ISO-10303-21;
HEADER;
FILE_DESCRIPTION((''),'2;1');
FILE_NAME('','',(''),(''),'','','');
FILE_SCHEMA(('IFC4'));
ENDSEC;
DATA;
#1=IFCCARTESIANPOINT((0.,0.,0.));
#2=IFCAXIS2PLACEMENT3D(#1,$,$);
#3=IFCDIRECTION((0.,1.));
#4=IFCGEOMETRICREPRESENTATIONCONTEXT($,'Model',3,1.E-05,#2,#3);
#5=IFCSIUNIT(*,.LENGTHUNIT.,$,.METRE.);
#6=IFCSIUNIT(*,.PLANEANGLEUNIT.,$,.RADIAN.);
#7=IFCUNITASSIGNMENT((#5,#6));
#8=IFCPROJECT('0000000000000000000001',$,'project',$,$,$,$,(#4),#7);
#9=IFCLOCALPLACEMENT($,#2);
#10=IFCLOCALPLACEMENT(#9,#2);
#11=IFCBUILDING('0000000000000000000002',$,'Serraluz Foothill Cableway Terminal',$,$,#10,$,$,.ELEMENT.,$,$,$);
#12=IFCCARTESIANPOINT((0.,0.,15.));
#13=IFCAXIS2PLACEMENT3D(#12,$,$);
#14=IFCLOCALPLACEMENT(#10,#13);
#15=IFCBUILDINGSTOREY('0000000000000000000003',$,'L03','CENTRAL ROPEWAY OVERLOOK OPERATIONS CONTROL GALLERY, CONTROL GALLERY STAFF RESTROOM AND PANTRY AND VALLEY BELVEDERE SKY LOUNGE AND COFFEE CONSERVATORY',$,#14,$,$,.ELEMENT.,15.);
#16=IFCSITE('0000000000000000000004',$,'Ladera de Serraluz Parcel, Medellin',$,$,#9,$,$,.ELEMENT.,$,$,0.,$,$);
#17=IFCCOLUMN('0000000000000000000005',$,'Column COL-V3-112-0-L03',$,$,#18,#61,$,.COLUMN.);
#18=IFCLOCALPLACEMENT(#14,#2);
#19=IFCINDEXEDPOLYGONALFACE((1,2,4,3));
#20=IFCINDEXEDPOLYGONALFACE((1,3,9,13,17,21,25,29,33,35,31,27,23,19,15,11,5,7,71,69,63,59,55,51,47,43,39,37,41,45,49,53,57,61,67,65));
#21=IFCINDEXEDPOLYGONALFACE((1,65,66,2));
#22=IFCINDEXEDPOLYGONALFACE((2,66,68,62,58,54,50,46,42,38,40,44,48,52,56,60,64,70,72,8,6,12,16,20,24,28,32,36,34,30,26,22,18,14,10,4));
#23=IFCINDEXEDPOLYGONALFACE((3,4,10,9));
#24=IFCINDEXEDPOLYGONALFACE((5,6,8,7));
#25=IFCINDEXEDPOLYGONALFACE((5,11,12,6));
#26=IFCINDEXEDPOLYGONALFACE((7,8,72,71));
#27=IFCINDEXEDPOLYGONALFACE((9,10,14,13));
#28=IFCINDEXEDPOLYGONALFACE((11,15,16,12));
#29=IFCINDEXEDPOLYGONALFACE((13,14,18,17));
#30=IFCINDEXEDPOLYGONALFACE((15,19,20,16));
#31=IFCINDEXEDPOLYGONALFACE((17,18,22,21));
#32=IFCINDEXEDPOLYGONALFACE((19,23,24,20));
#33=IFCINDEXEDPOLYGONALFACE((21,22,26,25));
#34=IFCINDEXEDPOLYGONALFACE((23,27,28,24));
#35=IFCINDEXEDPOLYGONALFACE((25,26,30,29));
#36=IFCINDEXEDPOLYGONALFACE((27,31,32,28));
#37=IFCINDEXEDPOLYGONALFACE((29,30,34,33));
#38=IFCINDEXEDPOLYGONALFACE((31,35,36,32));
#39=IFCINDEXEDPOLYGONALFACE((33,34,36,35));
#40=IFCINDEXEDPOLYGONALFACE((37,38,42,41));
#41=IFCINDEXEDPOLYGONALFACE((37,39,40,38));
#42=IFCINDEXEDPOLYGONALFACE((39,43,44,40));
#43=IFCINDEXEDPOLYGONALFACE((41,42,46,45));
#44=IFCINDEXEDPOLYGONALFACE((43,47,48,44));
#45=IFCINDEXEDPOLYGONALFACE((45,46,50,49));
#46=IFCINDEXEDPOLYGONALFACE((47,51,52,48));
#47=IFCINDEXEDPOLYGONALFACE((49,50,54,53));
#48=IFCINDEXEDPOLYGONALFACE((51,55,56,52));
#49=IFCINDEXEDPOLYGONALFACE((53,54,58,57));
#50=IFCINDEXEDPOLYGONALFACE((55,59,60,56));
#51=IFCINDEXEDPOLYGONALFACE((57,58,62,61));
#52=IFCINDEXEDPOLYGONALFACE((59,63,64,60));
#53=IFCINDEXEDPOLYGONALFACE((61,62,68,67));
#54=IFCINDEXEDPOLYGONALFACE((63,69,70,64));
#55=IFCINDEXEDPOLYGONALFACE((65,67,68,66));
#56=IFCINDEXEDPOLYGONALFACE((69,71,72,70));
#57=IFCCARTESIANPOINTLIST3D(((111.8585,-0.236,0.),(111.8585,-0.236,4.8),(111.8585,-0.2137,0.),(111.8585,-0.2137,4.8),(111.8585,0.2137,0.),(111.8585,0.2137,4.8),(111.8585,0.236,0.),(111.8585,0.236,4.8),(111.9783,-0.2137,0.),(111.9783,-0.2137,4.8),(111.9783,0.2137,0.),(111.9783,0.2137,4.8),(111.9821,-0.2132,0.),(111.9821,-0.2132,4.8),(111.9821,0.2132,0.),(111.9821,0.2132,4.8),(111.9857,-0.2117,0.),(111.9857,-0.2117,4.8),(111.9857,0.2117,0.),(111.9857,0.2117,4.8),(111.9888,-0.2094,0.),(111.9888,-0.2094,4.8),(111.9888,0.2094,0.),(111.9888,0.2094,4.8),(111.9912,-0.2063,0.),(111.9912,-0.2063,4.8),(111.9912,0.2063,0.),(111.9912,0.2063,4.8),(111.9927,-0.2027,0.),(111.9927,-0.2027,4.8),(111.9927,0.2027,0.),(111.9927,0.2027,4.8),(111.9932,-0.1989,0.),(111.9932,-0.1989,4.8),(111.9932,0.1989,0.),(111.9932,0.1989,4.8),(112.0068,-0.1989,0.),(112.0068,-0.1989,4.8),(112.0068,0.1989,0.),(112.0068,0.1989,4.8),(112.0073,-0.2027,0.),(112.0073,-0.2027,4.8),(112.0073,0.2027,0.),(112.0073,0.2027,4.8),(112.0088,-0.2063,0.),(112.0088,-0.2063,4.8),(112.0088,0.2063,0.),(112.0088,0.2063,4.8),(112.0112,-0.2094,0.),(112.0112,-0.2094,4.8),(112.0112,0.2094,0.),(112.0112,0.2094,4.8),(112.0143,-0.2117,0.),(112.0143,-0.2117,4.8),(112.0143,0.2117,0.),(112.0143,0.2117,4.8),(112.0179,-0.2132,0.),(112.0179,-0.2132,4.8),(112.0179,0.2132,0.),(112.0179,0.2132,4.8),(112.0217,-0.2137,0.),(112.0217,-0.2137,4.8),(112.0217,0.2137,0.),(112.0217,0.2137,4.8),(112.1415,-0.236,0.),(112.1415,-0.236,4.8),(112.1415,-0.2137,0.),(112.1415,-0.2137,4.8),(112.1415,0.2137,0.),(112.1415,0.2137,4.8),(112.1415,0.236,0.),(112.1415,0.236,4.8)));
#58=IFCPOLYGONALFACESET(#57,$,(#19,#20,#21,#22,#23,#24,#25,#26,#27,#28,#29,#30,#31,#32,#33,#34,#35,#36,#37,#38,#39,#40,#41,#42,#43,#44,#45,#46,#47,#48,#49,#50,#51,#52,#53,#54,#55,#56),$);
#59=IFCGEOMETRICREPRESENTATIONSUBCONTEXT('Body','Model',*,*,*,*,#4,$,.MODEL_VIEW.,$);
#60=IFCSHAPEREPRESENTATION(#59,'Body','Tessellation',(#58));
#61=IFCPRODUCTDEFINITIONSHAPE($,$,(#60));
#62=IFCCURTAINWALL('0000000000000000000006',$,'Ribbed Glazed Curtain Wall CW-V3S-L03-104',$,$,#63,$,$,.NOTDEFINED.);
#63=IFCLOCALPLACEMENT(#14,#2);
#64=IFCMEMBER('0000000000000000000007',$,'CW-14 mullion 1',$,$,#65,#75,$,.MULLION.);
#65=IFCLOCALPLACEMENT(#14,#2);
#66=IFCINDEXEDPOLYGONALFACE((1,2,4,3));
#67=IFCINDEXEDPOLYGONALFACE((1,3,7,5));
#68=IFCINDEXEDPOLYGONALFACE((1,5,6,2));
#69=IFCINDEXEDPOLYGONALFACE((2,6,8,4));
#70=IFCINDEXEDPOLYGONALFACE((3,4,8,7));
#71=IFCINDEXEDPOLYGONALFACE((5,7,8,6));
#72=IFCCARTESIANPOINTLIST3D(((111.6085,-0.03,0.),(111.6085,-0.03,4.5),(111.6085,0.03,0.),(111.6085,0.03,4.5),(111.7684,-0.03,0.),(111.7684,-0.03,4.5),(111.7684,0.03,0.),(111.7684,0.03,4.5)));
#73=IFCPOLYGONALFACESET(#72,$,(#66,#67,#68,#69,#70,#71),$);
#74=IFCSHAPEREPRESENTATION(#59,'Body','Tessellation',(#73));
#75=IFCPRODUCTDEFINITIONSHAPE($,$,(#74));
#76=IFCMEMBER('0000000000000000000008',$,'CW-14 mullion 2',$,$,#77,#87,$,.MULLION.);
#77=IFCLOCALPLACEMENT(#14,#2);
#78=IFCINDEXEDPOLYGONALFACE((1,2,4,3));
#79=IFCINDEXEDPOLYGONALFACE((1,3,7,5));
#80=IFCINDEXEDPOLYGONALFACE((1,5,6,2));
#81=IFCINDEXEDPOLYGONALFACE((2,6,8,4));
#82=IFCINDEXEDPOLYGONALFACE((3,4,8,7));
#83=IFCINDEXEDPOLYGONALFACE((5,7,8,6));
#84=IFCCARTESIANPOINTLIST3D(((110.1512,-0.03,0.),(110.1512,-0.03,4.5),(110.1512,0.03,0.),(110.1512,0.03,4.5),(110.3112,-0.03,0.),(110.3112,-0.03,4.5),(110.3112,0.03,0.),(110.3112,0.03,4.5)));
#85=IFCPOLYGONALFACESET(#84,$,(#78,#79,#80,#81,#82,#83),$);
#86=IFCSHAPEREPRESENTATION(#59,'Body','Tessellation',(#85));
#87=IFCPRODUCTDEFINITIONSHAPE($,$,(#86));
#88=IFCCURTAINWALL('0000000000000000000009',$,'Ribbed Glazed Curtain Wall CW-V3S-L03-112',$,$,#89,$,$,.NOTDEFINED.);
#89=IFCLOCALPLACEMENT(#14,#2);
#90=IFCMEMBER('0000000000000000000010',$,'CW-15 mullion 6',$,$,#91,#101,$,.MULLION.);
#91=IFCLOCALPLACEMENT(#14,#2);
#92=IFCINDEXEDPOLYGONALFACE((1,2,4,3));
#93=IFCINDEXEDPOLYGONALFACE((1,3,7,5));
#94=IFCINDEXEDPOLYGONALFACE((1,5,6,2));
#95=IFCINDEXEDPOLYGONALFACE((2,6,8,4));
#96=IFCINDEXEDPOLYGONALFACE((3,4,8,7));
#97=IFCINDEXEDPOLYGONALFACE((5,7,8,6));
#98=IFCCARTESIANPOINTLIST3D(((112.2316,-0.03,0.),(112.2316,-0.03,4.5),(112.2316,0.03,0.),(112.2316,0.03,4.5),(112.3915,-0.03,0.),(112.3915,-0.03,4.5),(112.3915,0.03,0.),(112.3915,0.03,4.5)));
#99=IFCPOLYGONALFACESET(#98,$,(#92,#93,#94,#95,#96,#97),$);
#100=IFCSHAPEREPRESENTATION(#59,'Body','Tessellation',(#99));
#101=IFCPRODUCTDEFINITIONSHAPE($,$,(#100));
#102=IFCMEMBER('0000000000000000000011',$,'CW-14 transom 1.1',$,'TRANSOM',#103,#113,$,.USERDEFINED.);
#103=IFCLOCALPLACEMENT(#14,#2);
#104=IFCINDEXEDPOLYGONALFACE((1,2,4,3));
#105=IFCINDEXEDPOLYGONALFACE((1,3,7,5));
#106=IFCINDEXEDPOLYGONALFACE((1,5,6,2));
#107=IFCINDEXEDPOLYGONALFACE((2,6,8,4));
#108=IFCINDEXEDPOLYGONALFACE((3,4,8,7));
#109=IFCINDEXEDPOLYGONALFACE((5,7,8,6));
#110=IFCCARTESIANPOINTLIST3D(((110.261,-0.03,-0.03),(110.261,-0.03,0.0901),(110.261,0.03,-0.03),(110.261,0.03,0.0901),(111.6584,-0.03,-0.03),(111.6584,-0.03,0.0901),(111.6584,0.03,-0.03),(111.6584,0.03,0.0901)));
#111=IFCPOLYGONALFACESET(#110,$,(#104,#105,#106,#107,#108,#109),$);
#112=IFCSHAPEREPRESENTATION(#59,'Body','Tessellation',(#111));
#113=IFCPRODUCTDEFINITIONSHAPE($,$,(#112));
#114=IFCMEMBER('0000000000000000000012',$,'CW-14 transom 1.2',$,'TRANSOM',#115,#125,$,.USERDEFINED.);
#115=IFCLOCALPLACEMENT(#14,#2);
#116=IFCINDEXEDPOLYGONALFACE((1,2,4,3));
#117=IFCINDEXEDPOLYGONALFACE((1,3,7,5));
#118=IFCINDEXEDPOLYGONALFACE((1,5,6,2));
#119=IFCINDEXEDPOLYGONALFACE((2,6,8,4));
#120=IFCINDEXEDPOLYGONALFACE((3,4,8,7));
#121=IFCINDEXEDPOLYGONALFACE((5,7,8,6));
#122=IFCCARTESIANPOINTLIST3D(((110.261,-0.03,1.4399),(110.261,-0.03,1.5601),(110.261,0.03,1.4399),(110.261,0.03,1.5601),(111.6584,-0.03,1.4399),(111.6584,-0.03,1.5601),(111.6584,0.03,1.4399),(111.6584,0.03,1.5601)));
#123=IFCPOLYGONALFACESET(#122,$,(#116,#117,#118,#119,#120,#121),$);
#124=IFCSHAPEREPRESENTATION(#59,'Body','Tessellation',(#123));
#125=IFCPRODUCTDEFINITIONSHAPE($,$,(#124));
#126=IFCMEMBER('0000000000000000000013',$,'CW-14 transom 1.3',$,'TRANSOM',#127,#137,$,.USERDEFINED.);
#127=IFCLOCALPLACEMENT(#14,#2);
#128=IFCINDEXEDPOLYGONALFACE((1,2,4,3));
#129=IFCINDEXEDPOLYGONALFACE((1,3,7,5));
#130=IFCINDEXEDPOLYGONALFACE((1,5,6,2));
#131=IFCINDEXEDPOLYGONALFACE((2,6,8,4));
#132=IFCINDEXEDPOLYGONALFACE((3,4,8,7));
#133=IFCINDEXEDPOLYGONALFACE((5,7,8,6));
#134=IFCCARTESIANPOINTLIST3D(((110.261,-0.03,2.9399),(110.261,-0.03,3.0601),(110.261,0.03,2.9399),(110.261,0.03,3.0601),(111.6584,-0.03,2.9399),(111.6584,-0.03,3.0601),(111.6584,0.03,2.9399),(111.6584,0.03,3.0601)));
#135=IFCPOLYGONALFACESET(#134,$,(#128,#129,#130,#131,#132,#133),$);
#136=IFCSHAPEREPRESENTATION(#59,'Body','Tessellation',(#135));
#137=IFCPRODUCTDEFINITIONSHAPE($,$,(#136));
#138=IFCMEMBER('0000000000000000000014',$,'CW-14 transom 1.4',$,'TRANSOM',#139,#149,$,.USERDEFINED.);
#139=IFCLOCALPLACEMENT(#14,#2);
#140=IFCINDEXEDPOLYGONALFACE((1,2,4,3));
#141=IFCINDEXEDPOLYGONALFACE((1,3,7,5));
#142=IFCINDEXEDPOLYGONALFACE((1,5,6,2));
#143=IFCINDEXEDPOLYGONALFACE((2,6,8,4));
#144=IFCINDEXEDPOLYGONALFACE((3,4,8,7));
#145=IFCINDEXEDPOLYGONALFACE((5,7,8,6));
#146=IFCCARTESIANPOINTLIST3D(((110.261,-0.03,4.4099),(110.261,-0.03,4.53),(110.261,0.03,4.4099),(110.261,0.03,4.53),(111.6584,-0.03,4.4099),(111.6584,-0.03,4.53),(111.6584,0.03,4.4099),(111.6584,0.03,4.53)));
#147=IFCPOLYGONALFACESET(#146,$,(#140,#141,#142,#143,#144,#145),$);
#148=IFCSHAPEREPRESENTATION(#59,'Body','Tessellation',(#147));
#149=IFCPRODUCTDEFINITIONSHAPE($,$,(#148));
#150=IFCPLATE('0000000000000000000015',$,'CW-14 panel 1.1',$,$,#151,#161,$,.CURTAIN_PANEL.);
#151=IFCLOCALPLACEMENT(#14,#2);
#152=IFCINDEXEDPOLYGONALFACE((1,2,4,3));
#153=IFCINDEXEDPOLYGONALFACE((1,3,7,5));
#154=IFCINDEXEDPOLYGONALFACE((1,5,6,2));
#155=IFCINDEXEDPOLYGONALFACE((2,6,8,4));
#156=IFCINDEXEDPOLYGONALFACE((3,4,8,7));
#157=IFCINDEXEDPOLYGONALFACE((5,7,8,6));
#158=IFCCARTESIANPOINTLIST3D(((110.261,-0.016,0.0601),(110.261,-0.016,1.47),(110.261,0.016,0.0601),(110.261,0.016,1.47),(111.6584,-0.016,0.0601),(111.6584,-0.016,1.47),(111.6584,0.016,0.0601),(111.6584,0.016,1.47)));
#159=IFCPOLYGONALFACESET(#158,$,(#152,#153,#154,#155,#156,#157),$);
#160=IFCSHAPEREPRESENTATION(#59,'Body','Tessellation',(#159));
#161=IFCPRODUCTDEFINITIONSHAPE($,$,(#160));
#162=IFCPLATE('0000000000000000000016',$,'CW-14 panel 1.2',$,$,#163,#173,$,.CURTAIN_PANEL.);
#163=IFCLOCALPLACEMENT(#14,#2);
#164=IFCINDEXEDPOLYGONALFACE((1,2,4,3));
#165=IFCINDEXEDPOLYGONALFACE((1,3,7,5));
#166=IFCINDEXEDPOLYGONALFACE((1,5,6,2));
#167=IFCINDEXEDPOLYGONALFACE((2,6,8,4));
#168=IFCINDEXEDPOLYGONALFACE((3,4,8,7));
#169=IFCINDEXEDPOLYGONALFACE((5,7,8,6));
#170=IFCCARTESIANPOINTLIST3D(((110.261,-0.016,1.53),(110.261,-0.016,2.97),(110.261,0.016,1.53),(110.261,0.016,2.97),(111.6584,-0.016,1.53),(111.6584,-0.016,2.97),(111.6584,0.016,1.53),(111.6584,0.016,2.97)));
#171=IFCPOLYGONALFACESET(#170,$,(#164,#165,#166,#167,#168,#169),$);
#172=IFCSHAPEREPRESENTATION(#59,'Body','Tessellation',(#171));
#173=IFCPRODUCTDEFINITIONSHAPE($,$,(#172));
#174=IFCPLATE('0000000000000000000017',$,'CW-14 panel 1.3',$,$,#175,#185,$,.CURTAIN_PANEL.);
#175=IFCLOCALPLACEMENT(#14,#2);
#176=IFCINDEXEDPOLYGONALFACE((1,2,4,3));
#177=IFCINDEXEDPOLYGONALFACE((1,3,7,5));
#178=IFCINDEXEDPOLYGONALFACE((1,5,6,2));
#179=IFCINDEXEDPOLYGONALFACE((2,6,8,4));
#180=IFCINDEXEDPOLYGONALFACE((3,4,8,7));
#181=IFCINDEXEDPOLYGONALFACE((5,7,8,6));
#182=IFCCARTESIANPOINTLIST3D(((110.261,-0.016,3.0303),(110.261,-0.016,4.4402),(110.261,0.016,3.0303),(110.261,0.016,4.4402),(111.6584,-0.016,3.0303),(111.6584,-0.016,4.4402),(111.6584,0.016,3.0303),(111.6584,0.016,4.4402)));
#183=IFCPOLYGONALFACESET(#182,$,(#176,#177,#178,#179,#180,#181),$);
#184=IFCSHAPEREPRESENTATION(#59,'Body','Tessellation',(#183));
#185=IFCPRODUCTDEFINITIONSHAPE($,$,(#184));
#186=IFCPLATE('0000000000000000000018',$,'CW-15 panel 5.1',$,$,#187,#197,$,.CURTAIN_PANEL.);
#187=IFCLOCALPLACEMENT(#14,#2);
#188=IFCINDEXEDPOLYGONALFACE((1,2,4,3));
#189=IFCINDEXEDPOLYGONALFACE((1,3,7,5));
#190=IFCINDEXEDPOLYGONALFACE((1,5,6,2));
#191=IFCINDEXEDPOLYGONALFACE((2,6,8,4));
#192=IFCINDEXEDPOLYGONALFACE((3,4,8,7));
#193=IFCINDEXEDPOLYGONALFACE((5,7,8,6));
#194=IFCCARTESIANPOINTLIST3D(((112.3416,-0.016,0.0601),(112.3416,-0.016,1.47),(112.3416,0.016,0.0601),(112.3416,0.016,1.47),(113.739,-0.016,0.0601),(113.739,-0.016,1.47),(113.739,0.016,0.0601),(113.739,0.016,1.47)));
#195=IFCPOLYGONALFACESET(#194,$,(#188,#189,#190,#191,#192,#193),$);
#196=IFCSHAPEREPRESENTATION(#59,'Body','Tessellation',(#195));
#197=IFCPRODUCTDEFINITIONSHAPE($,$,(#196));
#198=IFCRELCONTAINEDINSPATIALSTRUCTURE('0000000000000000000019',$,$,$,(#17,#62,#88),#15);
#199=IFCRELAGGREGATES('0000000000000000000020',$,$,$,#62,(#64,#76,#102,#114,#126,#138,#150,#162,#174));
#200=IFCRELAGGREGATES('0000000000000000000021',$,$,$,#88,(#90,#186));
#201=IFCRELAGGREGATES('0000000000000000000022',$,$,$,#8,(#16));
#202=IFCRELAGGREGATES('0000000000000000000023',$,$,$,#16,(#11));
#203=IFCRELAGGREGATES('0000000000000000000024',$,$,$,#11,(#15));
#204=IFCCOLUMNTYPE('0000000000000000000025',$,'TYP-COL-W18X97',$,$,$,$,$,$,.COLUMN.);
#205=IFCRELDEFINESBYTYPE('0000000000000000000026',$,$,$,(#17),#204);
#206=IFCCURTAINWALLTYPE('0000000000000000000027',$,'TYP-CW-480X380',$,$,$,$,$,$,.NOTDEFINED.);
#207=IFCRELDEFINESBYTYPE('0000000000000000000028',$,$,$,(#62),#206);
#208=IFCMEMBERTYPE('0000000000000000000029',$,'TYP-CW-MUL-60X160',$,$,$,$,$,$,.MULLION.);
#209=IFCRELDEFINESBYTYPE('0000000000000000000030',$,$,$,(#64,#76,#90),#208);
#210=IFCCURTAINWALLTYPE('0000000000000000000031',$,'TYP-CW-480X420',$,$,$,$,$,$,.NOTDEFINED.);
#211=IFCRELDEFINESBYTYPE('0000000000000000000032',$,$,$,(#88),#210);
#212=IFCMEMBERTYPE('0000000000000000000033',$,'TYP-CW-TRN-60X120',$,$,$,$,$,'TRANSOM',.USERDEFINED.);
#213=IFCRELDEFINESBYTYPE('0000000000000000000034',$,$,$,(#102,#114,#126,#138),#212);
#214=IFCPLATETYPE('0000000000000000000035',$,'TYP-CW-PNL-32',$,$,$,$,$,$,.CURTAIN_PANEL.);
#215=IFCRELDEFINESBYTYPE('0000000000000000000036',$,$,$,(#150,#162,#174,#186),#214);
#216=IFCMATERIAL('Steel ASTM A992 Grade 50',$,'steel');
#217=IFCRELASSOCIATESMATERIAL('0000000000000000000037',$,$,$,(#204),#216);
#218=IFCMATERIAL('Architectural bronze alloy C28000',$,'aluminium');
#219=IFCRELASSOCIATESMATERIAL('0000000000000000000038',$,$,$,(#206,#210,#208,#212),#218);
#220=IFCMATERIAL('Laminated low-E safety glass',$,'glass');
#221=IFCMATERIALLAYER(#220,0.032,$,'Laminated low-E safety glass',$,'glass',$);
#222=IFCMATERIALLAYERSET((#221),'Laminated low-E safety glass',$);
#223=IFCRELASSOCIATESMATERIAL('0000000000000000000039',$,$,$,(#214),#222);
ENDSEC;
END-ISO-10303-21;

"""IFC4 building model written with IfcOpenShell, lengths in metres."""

from ifc_helpers import new_model, si_unit, direction, frame, origin, origin_2d, place, context, subcontext, project, spatial, rectangle, i_section, extrude, material, layer, layer_set, material_profile, profile_set, type_object, element, aggregate, save


model = new_model("IFC4")

# Units and contexts
model_context = context("Model", 3, precision=1e-05, world=origin(), true_north=direction((0.0, 1.0)))
body_context = subcontext(model_context, "Body", "Model", "MODEL_VIEW")
ifc_project = project(units=[si_unit("LENGTHUNIT", "METRE"), si_unit("PLANEANGLEUNIT", "RADIAN")], contexts=[model_context])

# Site, building, storey
site_placement = place(None, origin())
site = spatial("IfcSite", under=ifc_project, at=site_placement, Name="Ladera de Serraluz Parcel, Medellin", CompositionType="ELEMENT", RefElevation=0.0)
building_placement = place(site_placement, origin())
building = spatial("IfcBuilding", under=site, at=building_placement, Name="Serraluz Foothill Cableway Terminal", CompositionType="ELEMENT")
storey_placement = place(building_placement, frame((0.0, 0.0, 15.0)))
storey = spatial("IfcBuildingStorey", under=building, at=storey_placement, Name="L03", Description="CENTRAL ROPEWAY OVERLOOK OPERATIONS CONTROL GALLERY, CONTROL GALLERY STAFF RESTROOM AND PANTRY AND VALLEY BELVEDERE SKY LOUNGE AND COFFEE CONSERVATORY", CompositionType="ELEMENT", Elevation=15.0)

# Column
ifc_material_1 = material(Name="Steel ASTM A992 Grade 50", Category="steel")
ifc_material_profile_1 = material_profile(ifc_material_1, i_section(OverallWidth=0.283, OverallDepth=0.4719, WebThickness=0.0137, FlangeThickness=0.0222, FilletRadius=0.0149, at=origin_2d()), Name="W18X97")
ifc_profile_set_1 = profile_set([ifc_material_profile_1], Name="Steel ASTM A992 Grade 50")
column_type = type_object("IfcColumnType", Name="TYP-COL-W18X97", PredefinedType="COLUMN", material=ifc_profile_set_1)
column_placement = place(storey_placement, frame((112.0, 0.0, 0.0), z_axis=(0.0, 0.0, 1.0), x_axis=(1.0, 0.0, 0.0)))
element("IfcColumn", 1, at=column_placement, inside=storey, type_object=column_type, Name="Column COL-V3-112-0-L03", PredefinedType="COLUMN", context=body_context, shape_type="SweptSolid", body=[
    extrude(i_section(OverallWidth=0.283, OverallDepth=0.4719, WebThickness=0.0137, FlangeThickness=0.0222, FilletRadius=0.0149, at=origin_2d()), origin(), (0.0, 0.0, 1.0), 4.8),
])

# Curtain wall, members
ifc_material_2 = material(Name="Architectural bronze alloy C28000", Category="aluminium")
curtain_wall_type_1 = type_object("IfcCurtainWallType", Name="TYP-CW-480X380", PredefinedType="NOTDEFINED", material=ifc_material_2)
curtain_wall_1_placement = place(storey_placement, origin())
curtain_wall_1 = element("IfcCurtainWall", 2, at=curtain_wall_1_placement, inside=storey, type_object=curtain_wall_type_1, Name="Ribbed Glazed Curtain Wall CW-V3S-L03-104", PredefinedType="NOTDEFINED")
ifc_material_profile_2 = material_profile(ifc_material_2, rectangle(XDim=0.0601, YDim=0.1599, at=origin_2d()), Name="ALU MULLION 60x160")
ifc_profile_set_2 = profile_set([ifc_material_profile_2], Name="Architectural bronze alloy C28000")
member_type_1 = type_object("IfcMemberType", Name="TYP-CW-MUL-60X160", PredefinedType="MULLION", material=ifc_profile_set_2)
member_1_placement = place(storey_placement, frame((111.6885, 0.0, 0.0), z_axis=(0.0, 0.0, 1.0), x_axis=(0.0, -1.0, 0.0)))
member_1 = element("IfcMember", 3, at=member_1_placement, type_object=member_type_1, Name="CW-14 mullion 1", PredefinedType="MULLION", context=body_context, shape_type="SweptSolid", body=[
    extrude(rectangle(XDim=0.0601, YDim=0.1599, at=origin_2d()), origin(), (0.0, 0.0, 1.0), 4.5),
])
member_2_placement = place(storey_placement, frame((110.2312, 0.0, 0.0), z_axis=(0.0, 0.0, 1.0), x_axis=(0.0, -1.0, 0.0)))
member_2 = element("IfcMember", 4, at=member_2_placement, type_object=member_type_1, Name="CW-14 mullion 2", PredefinedType="MULLION", context=body_context, shape_type="SweptSolid", body=[
    extrude(rectangle(XDim=0.0601, YDim=0.1599, at=origin_2d()), origin(), (0.0, 0.0, 1.0), 4.5),
])

# Curtain wall, member
curtain_wall_type_2 = type_object("IfcCurtainWallType", Name="TYP-CW-480X420", PredefinedType="NOTDEFINED", material=ifc_material_2)
curtain_wall_2_placement = place(storey_placement, origin())
curtain_wall_2 = element("IfcCurtainWall", 5, at=curtain_wall_2_placement, inside=storey, type_object=curtain_wall_type_2, Name="Ribbed Glazed Curtain Wall CW-V3S-L03-112", PredefinedType="NOTDEFINED")
member_3_placement = place(storey_placement, frame((112.3115, 0.0, 0.0), z_axis=(0.0, 0.0, 1.0), x_axis=(0.0, -1.0, 0.0)))
member_3 = element("IfcMember", 6, at=member_3_placement, type_object=member_type_1, Name="CW-15 mullion 6", PredefinedType="MULLION", context=body_context, shape_type="SweptSolid", body=[
    extrude(rectangle(XDim=0.0601, YDim=0.1599, at=origin_2d()), origin(), (0.0, 0.0, 1.0), 4.5),
])

# Members
ifc_material_profile_3 = material_profile(ifc_material_2, rectangle(XDim=0.0601, YDim=0.1201, at=origin_2d()), Name="ALU TRANSOM 60x120")
ifc_profile_set_3 = profile_set([ifc_material_profile_3], Name="Architectural bronze alloy C28000")
member_type_2 = type_object("IfcMemberType", Name="TYP-CW-TRN-60X120", ElementType="TRANSOM", PredefinedType="USERDEFINED", material=ifc_profile_set_3)
member_4_placement = place(storey_placement, frame((111.6584, 0.0, 0.03), z_axis=(-1.0, 0.0, 0.0), x_axis=(0.0, -1.0, 0.0)))
member_4 = element("IfcMember", 7, at=member_4_placement, type_object=member_type_2, Name="CW-14 transom 1.1", ObjectType="TRANSOM", PredefinedType="USERDEFINED", context=body_context, shape_type="SweptSolid", body=[
    extrude(rectangle(XDim=0.0601, YDim=0.1201, at=origin_2d()), origin(), (0.0, 0.0, 1.0), 1.3975),
])
member_5_placement = place(storey_placement, frame((111.6584, 0.0, 1.5), z_axis=(-1.0, 0.0, 0.0), x_axis=(0.0, -1.0, 0.0)))
member_5 = element("IfcMember", 8, at=member_5_placement, type_object=member_type_2, Name="CW-14 transom 1.2", ObjectType="TRANSOM", PredefinedType="USERDEFINED", context=body_context, shape_type="SweptSolid", body=[
    extrude(rectangle(XDim=0.0601, YDim=0.1201, at=origin_2d()), origin(), (0.0, 0.0, 1.0), 1.3975),
])
member_6_placement = place(storey_placement, frame((111.6584, 0.0, 3.0), z_axis=(-1.0, 0.0, 0.0), x_axis=(0.0, -1.0, 0.0)))
member_6 = element("IfcMember", 9, at=member_6_placement, type_object=member_type_2, Name="CW-14 transom 1.3", ObjectType="TRANSOM", PredefinedType="USERDEFINED", context=body_context, shape_type="SweptSolid", body=[
    extrude(rectangle(XDim=0.0601, YDim=0.1201, at=origin_2d()), origin(), (0.0, 0.0, 1.0), 1.3975),
])
member_7_placement = place(storey_placement, frame((111.6584, 0.0, 4.47), z_axis=(-1.0, 0.0, 0.0), x_axis=(0.0, -1.0, 0.0)))
member_7 = element("IfcMember", 10, at=member_7_placement, type_object=member_type_2, Name="CW-14 transom 1.4", ObjectType="TRANSOM", PredefinedType="USERDEFINED", context=body_context, shape_type="SweptSolid", body=[
    extrude(rectangle(XDim=0.0601, YDim=0.1201, at=origin_2d()), origin(), (0.0, 0.0, 1.0), 1.3975),
])

# Plates
ifc_material_3 = material(Name="Laminated low-E safety glass", Category="glass")
ifc_layer_1 = layer(ifc_material_3, 0.032, Name="Laminated low-E safety glass", Category="glass")
ifc_layer_set_1 = layer_set([ifc_layer_1], Name="Laminated low-E safety glass")
plate_type = type_object("IfcPlateType", Name="TYP-CW-PNL-32", PredefinedType="CURTAIN_PANEL", material=ifc_layer_set_1)
plate_1_placement = place(storey_placement, frame((110.9597, 0.0, 0.0601), z_axis=(0.0, 0.0, 1.0), x_axis=(-1.0, 0.0, 0.0)))
plate_1 = element("IfcPlate", 11, at=plate_1_placement, type_object=plate_type, Name="CW-14 panel 1.1", PredefinedType="CURTAIN_PANEL", context=body_context, shape_type="SweptSolid", body=[
    extrude(rectangle(XDim=1.3975, YDim=0.032, at=origin_2d()), origin(), (0.0, 0.0, 1.0), 1.4099),
])
plate_2_placement = place(storey_placement, frame((110.9597, 0.0, 1.53), z_axis=(0.0, 0.0, 1.0), x_axis=(-1.0, 0.0, 0.0)))
plate_2 = element("IfcPlate", 12, at=plate_2_placement, type_object=plate_type, Name="CW-14 panel 1.2", PredefinedType="CURTAIN_PANEL", context=body_context, shape_type="SweptSolid", body=[
    extrude(rectangle(XDim=1.3975, YDim=0.032, at=origin_2d()), origin(), (0.0, 0.0, 1.0), 1.4399),
])
plate_3_placement = place(storey_placement, frame((110.9597, 0.0, 3.0303), z_axis=(0.0, 0.0, 1.0), x_axis=(-1.0, 0.0, 0.0)))
plate_3 = element("IfcPlate", 13, at=plate_3_placement, type_object=plate_type, Name="CW-14 panel 1.3", PredefinedType="CURTAIN_PANEL", context=body_context, shape_type="SweptSolid", body=[
    extrude(rectangle(XDim=1.3975, YDim=0.032, at=origin_2d()), origin(), (0.0, 0.0, 1.0), 1.4099),
])
aggregate(curtain_wall_1, [member_1, member_2, member_4, member_5, member_6, member_7, plate_1, plate_2, plate_3])
plate_4_placement = place(storey_placement, frame((113.0403, 0.0, 0.0601), z_axis=(0.0, 0.0, 1.0), x_axis=(-1.0, 0.0, 0.0)))
plate_4 = element("IfcPlate", 14, at=plate_4_placement, type_object=plate_type, Name="CW-15 panel 5.1", PredefinedType="CURTAIN_PANEL", context=body_context, shape_type="SweptSolid", body=[
    extrude(rectangle(XDim=1.3975, YDim=0.032, at=origin_2d()), origin(), (0.0, 0.0, 1.0), 1.4099),
])
aggregate(curtain_wall_2, [member_3, plate_4])

save(model, "model.ifc")
